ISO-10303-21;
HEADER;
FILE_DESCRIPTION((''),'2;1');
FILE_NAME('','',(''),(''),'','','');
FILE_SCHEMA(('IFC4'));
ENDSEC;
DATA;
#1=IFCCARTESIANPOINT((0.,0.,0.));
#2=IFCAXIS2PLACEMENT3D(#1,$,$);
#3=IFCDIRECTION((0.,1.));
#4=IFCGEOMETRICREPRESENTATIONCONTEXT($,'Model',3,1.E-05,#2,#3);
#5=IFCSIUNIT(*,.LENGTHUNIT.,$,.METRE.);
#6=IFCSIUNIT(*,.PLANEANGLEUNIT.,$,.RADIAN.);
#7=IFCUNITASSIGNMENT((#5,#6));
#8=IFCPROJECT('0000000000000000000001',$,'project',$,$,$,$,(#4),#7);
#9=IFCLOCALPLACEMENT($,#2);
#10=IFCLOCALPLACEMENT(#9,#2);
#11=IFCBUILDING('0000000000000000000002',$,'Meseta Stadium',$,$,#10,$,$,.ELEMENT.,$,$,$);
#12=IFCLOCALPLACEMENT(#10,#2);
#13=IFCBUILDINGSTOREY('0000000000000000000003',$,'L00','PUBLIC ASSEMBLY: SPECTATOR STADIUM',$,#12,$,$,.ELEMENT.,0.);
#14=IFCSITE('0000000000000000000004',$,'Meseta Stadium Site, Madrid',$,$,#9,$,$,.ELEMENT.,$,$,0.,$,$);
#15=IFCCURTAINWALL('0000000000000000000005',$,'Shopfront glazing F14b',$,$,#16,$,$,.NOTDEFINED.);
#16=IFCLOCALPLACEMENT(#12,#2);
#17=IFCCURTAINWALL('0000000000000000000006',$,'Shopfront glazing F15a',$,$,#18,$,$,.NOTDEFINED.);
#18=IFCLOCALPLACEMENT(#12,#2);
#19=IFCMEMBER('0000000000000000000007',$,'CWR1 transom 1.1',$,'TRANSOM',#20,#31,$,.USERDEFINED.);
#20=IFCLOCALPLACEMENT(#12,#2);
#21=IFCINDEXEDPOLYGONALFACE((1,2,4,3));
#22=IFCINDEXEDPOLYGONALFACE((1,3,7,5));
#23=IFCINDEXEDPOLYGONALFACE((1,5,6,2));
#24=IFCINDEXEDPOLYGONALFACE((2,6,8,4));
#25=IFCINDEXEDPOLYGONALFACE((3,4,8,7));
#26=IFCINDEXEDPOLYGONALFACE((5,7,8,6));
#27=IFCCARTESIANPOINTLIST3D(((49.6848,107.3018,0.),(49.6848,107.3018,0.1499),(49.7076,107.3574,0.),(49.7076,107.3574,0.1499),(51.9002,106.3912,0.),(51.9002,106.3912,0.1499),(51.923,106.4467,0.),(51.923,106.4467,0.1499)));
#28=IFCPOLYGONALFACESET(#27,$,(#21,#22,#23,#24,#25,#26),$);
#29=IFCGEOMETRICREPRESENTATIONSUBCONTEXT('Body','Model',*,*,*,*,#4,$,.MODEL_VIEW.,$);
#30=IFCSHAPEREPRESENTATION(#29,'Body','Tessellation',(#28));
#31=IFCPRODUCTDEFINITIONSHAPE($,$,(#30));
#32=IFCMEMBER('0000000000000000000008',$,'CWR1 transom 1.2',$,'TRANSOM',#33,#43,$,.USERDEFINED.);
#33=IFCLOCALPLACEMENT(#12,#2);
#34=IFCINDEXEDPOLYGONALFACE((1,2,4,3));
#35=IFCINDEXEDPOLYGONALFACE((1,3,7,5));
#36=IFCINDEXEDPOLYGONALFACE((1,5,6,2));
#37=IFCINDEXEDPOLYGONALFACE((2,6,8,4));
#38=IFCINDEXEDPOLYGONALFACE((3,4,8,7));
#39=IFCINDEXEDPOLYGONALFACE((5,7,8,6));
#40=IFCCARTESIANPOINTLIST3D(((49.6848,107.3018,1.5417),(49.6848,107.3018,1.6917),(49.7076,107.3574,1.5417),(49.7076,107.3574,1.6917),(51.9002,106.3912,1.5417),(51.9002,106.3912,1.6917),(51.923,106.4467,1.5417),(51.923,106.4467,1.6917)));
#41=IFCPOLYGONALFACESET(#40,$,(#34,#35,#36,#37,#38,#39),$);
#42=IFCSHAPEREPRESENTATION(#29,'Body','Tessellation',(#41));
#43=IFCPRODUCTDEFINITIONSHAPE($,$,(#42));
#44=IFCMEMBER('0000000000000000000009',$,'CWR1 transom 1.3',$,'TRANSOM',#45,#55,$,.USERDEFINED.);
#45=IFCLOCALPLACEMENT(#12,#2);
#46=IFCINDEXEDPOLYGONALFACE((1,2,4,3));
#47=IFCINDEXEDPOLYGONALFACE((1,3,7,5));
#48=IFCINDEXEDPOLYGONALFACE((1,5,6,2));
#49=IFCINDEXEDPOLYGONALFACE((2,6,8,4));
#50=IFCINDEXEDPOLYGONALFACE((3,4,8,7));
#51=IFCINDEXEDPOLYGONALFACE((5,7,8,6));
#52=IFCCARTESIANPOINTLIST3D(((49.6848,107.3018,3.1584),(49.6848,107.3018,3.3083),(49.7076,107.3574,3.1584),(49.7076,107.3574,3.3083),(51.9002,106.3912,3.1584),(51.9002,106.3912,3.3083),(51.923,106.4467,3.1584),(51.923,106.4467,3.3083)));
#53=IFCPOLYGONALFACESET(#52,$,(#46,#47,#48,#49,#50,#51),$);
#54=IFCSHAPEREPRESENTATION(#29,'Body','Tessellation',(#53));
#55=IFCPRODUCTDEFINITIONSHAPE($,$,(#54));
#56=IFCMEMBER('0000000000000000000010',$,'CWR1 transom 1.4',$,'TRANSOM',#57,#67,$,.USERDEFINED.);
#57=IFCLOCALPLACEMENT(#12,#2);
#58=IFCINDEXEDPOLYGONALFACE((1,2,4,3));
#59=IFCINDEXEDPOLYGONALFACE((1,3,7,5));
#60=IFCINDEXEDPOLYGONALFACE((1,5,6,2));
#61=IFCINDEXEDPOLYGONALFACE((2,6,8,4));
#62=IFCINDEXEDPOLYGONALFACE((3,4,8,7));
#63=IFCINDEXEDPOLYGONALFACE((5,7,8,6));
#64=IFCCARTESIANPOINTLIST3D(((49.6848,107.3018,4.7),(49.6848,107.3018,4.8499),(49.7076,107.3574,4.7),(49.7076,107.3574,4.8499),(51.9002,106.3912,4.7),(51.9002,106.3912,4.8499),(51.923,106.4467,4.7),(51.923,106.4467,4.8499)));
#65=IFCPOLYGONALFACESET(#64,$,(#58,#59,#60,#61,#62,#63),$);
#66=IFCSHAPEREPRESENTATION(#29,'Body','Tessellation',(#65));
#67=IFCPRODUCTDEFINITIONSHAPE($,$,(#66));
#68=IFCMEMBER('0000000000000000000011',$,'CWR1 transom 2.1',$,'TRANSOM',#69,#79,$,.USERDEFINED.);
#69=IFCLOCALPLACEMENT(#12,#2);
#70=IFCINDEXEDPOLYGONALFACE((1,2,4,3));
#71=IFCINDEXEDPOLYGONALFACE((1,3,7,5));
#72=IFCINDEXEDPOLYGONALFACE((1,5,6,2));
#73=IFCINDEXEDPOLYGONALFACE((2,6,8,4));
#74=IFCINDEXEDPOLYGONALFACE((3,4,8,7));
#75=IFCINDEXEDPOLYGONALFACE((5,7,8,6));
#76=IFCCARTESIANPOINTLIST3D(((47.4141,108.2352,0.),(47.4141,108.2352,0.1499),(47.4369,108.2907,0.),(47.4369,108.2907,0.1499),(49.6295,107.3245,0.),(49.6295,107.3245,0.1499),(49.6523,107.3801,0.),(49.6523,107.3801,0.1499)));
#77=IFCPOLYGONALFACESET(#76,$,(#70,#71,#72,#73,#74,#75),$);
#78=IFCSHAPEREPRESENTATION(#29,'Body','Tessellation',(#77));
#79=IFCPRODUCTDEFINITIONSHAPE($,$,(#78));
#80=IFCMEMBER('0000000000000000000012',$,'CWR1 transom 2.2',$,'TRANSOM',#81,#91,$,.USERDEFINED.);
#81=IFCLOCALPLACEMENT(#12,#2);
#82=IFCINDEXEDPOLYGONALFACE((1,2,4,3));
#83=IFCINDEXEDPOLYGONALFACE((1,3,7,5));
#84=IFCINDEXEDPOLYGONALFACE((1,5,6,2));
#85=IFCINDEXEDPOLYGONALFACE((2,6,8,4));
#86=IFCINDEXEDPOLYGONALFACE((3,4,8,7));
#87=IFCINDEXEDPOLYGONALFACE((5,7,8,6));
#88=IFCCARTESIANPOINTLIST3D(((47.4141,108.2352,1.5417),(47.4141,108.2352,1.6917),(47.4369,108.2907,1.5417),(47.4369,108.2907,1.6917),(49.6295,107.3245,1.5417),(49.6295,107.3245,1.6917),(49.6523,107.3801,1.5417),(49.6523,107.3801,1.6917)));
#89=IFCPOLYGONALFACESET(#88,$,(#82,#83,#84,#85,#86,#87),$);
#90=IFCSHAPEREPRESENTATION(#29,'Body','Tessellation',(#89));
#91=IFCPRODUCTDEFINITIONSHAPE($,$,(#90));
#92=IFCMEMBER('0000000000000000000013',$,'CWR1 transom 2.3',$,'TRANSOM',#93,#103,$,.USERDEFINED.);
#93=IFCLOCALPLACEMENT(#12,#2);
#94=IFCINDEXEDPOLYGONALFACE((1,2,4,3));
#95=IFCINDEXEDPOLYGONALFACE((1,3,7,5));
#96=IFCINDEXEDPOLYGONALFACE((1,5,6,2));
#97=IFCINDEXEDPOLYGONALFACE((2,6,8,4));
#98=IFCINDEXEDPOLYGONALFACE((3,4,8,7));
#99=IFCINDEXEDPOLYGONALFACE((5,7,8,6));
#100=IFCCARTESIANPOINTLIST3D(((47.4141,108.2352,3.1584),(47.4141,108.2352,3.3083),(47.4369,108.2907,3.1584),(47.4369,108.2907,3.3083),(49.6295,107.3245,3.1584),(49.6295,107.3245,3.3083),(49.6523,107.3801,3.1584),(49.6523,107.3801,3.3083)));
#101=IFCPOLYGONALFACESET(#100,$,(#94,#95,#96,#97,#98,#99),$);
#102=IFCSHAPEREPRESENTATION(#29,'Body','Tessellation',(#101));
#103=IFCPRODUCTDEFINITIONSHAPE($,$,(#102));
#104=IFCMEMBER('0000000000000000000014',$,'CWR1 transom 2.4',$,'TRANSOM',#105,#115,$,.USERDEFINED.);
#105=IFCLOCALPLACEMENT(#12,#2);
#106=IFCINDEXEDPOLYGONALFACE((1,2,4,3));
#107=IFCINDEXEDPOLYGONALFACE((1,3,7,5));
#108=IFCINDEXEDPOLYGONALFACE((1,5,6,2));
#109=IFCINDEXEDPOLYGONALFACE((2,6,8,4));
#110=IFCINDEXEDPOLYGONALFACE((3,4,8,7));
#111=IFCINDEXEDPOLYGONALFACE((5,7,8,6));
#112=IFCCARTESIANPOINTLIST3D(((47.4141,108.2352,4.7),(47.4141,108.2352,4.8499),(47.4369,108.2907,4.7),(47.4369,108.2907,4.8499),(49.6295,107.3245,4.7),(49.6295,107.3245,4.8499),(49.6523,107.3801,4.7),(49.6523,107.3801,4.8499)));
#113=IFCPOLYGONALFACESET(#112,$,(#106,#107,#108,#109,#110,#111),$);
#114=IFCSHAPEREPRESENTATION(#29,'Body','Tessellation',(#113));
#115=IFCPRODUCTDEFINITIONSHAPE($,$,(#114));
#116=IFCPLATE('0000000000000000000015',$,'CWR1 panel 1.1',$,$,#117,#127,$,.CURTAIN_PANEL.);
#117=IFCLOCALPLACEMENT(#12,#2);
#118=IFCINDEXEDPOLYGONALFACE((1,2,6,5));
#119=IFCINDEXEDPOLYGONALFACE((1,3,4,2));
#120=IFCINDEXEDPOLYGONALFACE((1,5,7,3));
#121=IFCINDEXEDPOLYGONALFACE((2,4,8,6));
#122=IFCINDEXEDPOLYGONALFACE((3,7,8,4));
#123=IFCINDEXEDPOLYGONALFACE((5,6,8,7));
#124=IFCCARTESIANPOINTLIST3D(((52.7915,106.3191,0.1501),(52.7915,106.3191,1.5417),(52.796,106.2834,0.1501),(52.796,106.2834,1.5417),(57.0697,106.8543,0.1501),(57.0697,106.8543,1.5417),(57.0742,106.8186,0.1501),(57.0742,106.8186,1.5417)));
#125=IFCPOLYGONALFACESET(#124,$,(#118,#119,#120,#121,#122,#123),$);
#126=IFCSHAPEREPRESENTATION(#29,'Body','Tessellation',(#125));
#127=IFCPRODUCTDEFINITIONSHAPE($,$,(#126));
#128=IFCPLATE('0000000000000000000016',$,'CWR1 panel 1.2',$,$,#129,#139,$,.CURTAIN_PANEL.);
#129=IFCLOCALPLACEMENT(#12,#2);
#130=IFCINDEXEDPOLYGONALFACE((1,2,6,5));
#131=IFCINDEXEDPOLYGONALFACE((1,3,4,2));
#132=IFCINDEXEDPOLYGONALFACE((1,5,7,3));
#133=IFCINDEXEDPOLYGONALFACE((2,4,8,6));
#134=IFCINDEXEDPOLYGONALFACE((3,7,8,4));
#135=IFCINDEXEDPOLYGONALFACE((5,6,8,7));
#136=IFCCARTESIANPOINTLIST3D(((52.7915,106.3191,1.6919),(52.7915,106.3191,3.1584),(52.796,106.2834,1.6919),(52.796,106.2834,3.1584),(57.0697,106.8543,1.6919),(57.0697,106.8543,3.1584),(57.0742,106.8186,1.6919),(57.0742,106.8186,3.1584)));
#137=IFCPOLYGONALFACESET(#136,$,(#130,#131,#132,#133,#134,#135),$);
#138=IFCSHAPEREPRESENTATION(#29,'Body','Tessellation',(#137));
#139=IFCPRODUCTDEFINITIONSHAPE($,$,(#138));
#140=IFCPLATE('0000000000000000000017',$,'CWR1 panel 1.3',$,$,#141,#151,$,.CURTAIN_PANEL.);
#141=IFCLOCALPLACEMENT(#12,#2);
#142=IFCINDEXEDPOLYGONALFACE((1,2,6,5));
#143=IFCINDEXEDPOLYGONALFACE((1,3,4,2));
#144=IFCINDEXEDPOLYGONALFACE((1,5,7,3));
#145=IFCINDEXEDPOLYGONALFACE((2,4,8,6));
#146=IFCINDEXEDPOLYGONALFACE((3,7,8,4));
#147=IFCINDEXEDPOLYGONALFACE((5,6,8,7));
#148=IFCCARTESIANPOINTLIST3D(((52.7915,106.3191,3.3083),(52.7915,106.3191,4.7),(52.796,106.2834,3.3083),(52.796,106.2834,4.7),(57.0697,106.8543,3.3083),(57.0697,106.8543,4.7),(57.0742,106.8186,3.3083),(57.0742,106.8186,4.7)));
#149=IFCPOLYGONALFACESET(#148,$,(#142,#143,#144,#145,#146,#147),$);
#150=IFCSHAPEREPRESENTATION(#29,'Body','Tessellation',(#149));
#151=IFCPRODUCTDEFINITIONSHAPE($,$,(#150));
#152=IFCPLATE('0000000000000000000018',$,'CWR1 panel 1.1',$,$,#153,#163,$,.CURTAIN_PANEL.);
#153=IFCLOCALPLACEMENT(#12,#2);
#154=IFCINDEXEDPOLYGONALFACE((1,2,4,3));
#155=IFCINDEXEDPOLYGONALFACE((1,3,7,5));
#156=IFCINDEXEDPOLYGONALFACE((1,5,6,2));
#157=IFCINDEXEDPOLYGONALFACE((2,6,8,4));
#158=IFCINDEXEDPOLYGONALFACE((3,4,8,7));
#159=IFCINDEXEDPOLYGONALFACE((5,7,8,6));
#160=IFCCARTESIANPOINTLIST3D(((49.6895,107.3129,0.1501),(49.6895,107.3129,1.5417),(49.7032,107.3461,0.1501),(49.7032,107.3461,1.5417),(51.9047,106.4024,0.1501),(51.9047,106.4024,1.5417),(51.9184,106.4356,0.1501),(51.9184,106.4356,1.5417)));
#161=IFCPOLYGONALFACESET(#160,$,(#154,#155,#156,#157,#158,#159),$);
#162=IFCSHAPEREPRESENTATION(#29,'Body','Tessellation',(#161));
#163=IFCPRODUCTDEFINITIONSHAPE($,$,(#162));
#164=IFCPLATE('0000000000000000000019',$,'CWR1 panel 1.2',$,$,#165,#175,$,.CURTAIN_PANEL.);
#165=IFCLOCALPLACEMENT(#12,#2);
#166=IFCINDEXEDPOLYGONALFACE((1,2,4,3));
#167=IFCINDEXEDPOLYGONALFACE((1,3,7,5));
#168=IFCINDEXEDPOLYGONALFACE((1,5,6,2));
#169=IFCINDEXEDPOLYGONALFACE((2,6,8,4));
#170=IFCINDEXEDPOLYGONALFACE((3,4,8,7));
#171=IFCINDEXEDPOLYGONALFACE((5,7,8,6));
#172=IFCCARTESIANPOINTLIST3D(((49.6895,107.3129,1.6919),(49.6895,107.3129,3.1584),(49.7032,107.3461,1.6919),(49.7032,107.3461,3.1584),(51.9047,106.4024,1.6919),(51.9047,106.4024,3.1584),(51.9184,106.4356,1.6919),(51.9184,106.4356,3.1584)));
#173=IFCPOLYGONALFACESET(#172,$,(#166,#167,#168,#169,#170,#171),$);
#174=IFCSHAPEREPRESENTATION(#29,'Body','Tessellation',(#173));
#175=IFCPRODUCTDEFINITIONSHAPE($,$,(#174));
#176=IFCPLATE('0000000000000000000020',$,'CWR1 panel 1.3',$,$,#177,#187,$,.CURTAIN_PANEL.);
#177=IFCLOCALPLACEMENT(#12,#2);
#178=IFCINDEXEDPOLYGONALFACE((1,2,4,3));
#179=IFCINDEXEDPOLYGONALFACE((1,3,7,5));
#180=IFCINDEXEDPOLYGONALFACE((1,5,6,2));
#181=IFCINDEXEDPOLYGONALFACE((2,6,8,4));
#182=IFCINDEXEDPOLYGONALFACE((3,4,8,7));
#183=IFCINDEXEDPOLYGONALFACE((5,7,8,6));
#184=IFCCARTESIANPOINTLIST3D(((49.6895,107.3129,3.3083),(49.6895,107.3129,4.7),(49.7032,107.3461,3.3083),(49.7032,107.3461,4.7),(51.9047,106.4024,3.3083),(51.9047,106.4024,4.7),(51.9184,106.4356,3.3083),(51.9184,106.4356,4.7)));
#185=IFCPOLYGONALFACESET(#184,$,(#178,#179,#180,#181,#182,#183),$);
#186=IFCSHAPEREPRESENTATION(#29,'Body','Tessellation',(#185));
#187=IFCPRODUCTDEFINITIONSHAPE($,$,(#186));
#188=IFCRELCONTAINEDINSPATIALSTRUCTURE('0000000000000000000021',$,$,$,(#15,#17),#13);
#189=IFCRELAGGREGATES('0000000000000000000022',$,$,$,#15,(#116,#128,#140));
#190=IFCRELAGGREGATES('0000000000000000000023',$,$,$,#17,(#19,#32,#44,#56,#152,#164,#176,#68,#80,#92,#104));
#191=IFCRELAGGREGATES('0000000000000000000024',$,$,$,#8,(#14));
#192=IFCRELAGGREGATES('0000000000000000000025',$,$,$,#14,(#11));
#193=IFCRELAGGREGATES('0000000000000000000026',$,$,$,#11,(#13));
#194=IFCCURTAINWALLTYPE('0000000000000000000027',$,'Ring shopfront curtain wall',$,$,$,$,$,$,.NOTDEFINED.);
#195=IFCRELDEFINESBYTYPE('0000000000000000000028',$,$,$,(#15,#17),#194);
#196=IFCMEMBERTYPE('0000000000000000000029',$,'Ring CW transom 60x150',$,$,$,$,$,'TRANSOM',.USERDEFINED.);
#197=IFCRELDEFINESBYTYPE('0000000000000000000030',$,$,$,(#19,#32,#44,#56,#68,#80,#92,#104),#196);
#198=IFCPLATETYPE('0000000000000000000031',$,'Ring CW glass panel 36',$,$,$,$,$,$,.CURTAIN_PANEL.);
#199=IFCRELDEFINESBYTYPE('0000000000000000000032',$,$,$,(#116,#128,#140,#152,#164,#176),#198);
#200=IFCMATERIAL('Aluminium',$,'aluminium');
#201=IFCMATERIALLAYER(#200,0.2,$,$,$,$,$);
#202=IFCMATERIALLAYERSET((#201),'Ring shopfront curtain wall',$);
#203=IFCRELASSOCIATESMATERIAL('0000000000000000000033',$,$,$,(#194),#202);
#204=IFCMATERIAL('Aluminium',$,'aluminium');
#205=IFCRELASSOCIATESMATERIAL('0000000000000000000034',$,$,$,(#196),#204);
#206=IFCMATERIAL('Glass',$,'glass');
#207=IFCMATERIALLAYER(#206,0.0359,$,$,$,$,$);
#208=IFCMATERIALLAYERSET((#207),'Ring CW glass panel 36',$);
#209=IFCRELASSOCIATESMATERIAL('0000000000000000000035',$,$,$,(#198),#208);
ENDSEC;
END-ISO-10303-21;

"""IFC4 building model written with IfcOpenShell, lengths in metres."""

from ifc_helpers import new_model, si_unit, direction, frame, origin, origin_2d, place, context, subcontext, project, spatial, rectangle, extrude, material, layer, layer_set, material_profile, profile_set, type_object, element, aggregate, save


model = new_model("IFC4")

# Units and contexts
model_context = context("Model", 3, precision=1e-05, world=origin(), true_north=direction((0.0, 1.0)))
body_context = subcontext(model_context, "Body", "Model", "MODEL_VIEW")
ifc_project = project(units=[si_unit("LENGTHUNIT", "METRE"), si_unit("PLANEANGLEUNIT", "RADIAN")], contexts=[model_context])

# Site, building, storey
site_placement = place(None, origin())
site = spatial("IfcSite", under=ifc_project, at=site_placement, Name="Meseta Stadium Site, Madrid", CompositionType="ELEMENT", RefElevation=0.0)
building_placement = place(site_placement, origin())
building = spatial("IfcBuilding", under=site, at=building_placement, Name="Meseta Stadium", CompositionType="ELEMENT")
storey_placement = place(building_placement, origin())
storey = spatial("IfcBuildingStorey", under=building, at=storey_placement, Name="L00", Description="PUBLIC ASSEMBLY: SPECTATOR STADIUM", CompositionType="ELEMENT", Elevation=0.0)

# Curtain walls
ifc_material_1 = material(Name="Aluminium", Category="aluminium")
ifc_layer_1 = layer(ifc_material_1, 0.2)
ifc_layer_set_1 = layer_set([ifc_layer_1], Name="Ring shopfront curtain wall")
curtain_wall_type = type_object("IfcCurtainWallType", Name="Ring shopfront curtain wall", PredefinedType="NOTDEFINED", material=ifc_layer_set_1)
curtain_wall_1_placement = place(storey_placement, origin())
curtain_wall_1 = element("IfcCurtainWall", 1, at=curtain_wall_1_placement, inside=storey, type_object=curtain_wall_type, Name="Shopfront glazing F14b", PredefinedType="NOTDEFINED")
curtain_wall_2_placement = place(storey_placement, origin())
curtain_wall_2 = element("IfcCurtainWall", 2, at=curtain_wall_2_placement, inside=storey, type_object=curtain_wall_type, Name="Shopfront glazing F15a", PredefinedType="NOTDEFINED")

# Members
ifc_material_2 = material(Name="Aluminium", Category="aluminium")
ifc_material_profile_1 = material_profile(ifc_material_2, rectangle(XDim=0.0601, YDim=0.1499, at=origin_2d()), Name="CW 60x150")
ifc_profile_set_1 = profile_set([ifc_material_profile_1], Name="Aluminium")
member_type_1 = type_object("IfcMemberType", Name="Ring CW transom 60x150", ElementType="TRANSOM", PredefinedType="USERDEFINED", material=ifc_profile_set_1)
member_1_placement = place(storey_placement, frame((51.9116, 106.4189, 0.075), z_axis=(-0.924906, 0.380196, 0.0), x_axis=(-0.380196, -0.924906, 0.0)))
member_1 = element("IfcMember", 3, at=member_1_placement, type_object=member_type_1, Name="CWR1 transom 1.1", ObjectType="TRANSOM", PredefinedType="USERDEFINED", context=body_context, shape_type="SweptSolid", body=[
    extrude(rectangle(XDim=0.0601, YDim=0.1499, at=origin_2d()), origin(), (0.0, 0.0, 1.0), 2.3953),
])
member_2_placement = place(storey_placement, frame((51.9116, 106.4189, 1.6167), z_axis=(-0.924906, 0.380196, 0.0), x_axis=(-0.380196, -0.924906, 0.0)))
member_2 = element("IfcMember", 4, at=member_2_placement, type_object=member_type_1, Name="CWR1 transom 1.2", ObjectType="TRANSOM", PredefinedType="USERDEFINED", context=body_context, shape_type="SweptSolid", body=[
    extrude(rectangle(XDim=0.0601, YDim=0.1499, at=origin_2d()), origin(), (0.0, 0.0, 1.0), 2.3953),
])
member_3_placement = place(storey_placement, frame((51.9116, 106.4189, 3.2334), z_axis=(-0.924906, 0.380196, 0.0), x_axis=(-0.380196, -0.924906, 0.0)))
member_3 = element("IfcMember", 5, at=member_3_placement, type_object=member_type_1, Name="CWR1 transom 1.3", ObjectType="TRANSOM", PredefinedType="USERDEFINED", context=body_context, shape_type="SweptSolid", body=[
    extrude(rectangle(XDim=0.0601, YDim=0.1499, at=origin_2d()), origin(), (0.0, 0.0, 1.0), 2.3953),
])
member_4_placement = place(storey_placement, frame((51.9116, 106.4189, 4.7749), z_axis=(-0.924906, 0.380196, 0.0), x_axis=(-0.380196, -0.924906, 0.0)))
member_4 = element("IfcMember", 6, at=member_4_placement, type_object=member_type_1, Name="CWR1 transom 1.4", ObjectType="TRANSOM", PredefinedType="USERDEFINED", context=body_context, shape_type="SweptSolid", body=[
    extrude(rectangle(XDim=0.0601, YDim=0.1499, at=origin_2d()), origin(), (0.0, 0.0, 1.0), 2.3953),
])
member_5_placement = place(storey_placement, frame((49.6409, 107.3523, 0.075), z_axis=(-0.924906, 0.380196, 0.0), x_axis=(-0.380196, -0.924906, 0.0)))
member_5 = element("IfcMember", 7, at=member_5_placement, type_object=member_type_1, Name="CWR1 transom 2.1", ObjectType="TRANSOM", PredefinedType="USERDEFINED", context=body_context, shape_type="SweptSolid", body=[
    extrude(rectangle(XDim=0.0601, YDim=0.1499, at=origin_2d()), origin(), (0.0, 0.0, 1.0), 2.3953),
])
member_6_placement = place(storey_placement, frame((49.6409, 107.3523, 1.6167), z_axis=(-0.924906, 0.380196, 0.0), x_axis=(-0.380196, -0.924906, 0.0)))
member_6 = element("IfcMember", 8, at=member_6_placement, type_object=member_type_1, Name="CWR1 transom 2.2", ObjectType="TRANSOM", PredefinedType="USERDEFINED", context=body_context, shape_type="SweptSolid", body=[
    extrude(rectangle(XDim=0.0601, YDim=0.1499, at=origin_2d()), origin(), (0.0, 0.0, 1.0), 2.3953),
])
member_7_placement = place(storey_placement, frame((49.6409, 107.3523, 3.2334), z_axis=(-0.924906, 0.380196, 0.0), x_axis=(-0.380196, -0.924906, 0.0)))
member_7 = element("IfcMember", 9, at=member_7_placement, type_object=member_type_1, Name="CWR1 transom 2.3", ObjectType="TRANSOM", PredefinedType="USERDEFINED", context=body_context, shape_type="SweptSolid", body=[
    extrude(rectangle(XDim=0.0601, YDim=0.1499, at=origin_2d()), origin(), (0.0, 0.0, 1.0), 2.3953),
])
member_8_placement = place(storey_placement, frame((49.6409, 107.3523, 4.7749), z_axis=(-0.924906, 0.380196, 0.0), x_axis=(-0.380196, -0.924906, 0.0)))
member_8 = element("IfcMember", 10, at=member_8_placement, type_object=member_type_1, Name="CWR1 transom 2.4", ObjectType="TRANSOM", PredefinedType="USERDEFINED", context=body_context, shape_type="SweptSolid", body=[
    extrude(rectangle(XDim=0.0601, YDim=0.1499, at=origin_2d()), origin(), (0.0, 0.0, 1.0), 2.3953),
])

# Plates
ifc_material_3 = material(Name="Glass", Category="glass")
ifc_layer_2 = layer(ifc_material_3, 0.0359)
ifc_layer_set_2 = layer_set([ifc_layer_2], Name="Ring CW glass panel 36")
plate_type = type_object("IfcPlateType", Name="Ring CW glass panel 36", PredefinedType="CURTAIN_PANEL", material=ifc_layer_set_2)
plate_1_placement = place(storey_placement, frame((54.9329, 106.5688, 0.1501), z_axis=(0.0, 0.0, 1.0), x_axis=(-0.992266, -0.124132, 0.0)))
plate_1 = element("IfcPlate", 11, at=plate_1_placement, type_object=plate_type, Name="CWR1 panel 1.1", PredefinedType="CURTAIN_PANEL", context=body_context, shape_type="SweptSolid", body=[
    extrude(rectangle(XDim=4.3115, YDim=0.0359, at=origin_2d()), origin(), (0.0, 0.0, 1.0), 1.3916),
])
plate_2_placement = place(storey_placement, frame((54.9329, 106.5688, 1.6919), z_axis=(0.0, 0.0, 1.0), x_axis=(-0.992266, -0.124132, 0.0)))
plate_2 = element("IfcPlate", 12, at=plate_2_placement, type_object=plate_type, Name="CWR1 panel 1.2", PredefinedType="CURTAIN_PANEL", context=body_context, shape_type="SweptSolid", body=[
    extrude(rectangle(XDim=4.3115, YDim=0.0359, at=origin_2d()), origin(), (0.0, 0.0, 1.0), 1.4666),
])
plate_3_placement = place(storey_placement, frame((54.9329, 106.5688, 3.3083), z_axis=(0.0, 0.0, 1.0), x_axis=(-0.992266, -0.124132, 0.0)))
plate_3 = element("IfcPlate", 13, at=plate_3_placement, type_object=plate_type, Name="CWR1 panel 1.3", PredefinedType="CURTAIN_PANEL", context=body_context, shape_type="SweptSolid", body=[
    extrude(rectangle(XDim=4.3115, YDim=0.0359, at=origin_2d()), origin(), (0.0, 0.0, 1.0), 1.3916),
])
aggregate(curtain_wall_1, [plate_1, plate_2, plate_3])
plate_4_placement = place(storey_placement, frame((50.804, 106.8743, 0.1501), z_axis=(0.0, 0.0, 1.0), x_axis=(-0.92492, 0.380161, 0.0)))
plate_4 = element("IfcPlate", 14, at=plate_4_placement, type_object=plate_type, Name="CWR1 panel 1.1", PredefinedType="CURTAIN_PANEL", context=body_context, shape_type="SweptSolid", body=[
    extrude(rectangle(XDim=2.395, YDim=0.0359, at=origin_2d()), origin(), (0.0, 0.0, 1.0), 1.3916),
])
plate_5_placement = place(storey_placement, frame((50.804, 106.8743, 1.6919), z_axis=(0.0, 0.0, 1.0), x_axis=(-0.92492, 0.380161, 0.0)))
plate_5 = element("IfcPlate", 15, at=plate_5_placement, type_object=plate_type, Name="CWR1 panel 1.2", PredefinedType="CURTAIN_PANEL", context=body_context, shape_type="SweptSolid", body=[
    extrude(rectangle(XDim=2.395, YDim=0.0359, at=origin_2d()), origin(), (0.0, 0.0, 1.0), 1.4666),
])
plate_6_placement = place(storey_placement, frame((50.804, 106.8743, 3.3083), z_axis=(0.0, 0.0, 1.0), x_axis=(-0.92492, 0.380161, 0.0)))
plate_6 = element("IfcPlate", 16, at=plate_6_placement, type_object=plate_type, Name="CWR1 panel 1.3", PredefinedType="CURTAIN_PANEL", context=body_context, shape_type="SweptSolid", body=[
    extrude(rectangle(XDim=2.395, YDim=0.0359, at=origin_2d()), origin(), (0.0, 0.0, 1.0), 1.3916),
])
aggregate(curtain_wall_2, [member_1, member_2, member_3, member_4, plate_4, plate_5, plate_6, member_5, member_6, member_7, member_8])

save(model, "model.ifc")
